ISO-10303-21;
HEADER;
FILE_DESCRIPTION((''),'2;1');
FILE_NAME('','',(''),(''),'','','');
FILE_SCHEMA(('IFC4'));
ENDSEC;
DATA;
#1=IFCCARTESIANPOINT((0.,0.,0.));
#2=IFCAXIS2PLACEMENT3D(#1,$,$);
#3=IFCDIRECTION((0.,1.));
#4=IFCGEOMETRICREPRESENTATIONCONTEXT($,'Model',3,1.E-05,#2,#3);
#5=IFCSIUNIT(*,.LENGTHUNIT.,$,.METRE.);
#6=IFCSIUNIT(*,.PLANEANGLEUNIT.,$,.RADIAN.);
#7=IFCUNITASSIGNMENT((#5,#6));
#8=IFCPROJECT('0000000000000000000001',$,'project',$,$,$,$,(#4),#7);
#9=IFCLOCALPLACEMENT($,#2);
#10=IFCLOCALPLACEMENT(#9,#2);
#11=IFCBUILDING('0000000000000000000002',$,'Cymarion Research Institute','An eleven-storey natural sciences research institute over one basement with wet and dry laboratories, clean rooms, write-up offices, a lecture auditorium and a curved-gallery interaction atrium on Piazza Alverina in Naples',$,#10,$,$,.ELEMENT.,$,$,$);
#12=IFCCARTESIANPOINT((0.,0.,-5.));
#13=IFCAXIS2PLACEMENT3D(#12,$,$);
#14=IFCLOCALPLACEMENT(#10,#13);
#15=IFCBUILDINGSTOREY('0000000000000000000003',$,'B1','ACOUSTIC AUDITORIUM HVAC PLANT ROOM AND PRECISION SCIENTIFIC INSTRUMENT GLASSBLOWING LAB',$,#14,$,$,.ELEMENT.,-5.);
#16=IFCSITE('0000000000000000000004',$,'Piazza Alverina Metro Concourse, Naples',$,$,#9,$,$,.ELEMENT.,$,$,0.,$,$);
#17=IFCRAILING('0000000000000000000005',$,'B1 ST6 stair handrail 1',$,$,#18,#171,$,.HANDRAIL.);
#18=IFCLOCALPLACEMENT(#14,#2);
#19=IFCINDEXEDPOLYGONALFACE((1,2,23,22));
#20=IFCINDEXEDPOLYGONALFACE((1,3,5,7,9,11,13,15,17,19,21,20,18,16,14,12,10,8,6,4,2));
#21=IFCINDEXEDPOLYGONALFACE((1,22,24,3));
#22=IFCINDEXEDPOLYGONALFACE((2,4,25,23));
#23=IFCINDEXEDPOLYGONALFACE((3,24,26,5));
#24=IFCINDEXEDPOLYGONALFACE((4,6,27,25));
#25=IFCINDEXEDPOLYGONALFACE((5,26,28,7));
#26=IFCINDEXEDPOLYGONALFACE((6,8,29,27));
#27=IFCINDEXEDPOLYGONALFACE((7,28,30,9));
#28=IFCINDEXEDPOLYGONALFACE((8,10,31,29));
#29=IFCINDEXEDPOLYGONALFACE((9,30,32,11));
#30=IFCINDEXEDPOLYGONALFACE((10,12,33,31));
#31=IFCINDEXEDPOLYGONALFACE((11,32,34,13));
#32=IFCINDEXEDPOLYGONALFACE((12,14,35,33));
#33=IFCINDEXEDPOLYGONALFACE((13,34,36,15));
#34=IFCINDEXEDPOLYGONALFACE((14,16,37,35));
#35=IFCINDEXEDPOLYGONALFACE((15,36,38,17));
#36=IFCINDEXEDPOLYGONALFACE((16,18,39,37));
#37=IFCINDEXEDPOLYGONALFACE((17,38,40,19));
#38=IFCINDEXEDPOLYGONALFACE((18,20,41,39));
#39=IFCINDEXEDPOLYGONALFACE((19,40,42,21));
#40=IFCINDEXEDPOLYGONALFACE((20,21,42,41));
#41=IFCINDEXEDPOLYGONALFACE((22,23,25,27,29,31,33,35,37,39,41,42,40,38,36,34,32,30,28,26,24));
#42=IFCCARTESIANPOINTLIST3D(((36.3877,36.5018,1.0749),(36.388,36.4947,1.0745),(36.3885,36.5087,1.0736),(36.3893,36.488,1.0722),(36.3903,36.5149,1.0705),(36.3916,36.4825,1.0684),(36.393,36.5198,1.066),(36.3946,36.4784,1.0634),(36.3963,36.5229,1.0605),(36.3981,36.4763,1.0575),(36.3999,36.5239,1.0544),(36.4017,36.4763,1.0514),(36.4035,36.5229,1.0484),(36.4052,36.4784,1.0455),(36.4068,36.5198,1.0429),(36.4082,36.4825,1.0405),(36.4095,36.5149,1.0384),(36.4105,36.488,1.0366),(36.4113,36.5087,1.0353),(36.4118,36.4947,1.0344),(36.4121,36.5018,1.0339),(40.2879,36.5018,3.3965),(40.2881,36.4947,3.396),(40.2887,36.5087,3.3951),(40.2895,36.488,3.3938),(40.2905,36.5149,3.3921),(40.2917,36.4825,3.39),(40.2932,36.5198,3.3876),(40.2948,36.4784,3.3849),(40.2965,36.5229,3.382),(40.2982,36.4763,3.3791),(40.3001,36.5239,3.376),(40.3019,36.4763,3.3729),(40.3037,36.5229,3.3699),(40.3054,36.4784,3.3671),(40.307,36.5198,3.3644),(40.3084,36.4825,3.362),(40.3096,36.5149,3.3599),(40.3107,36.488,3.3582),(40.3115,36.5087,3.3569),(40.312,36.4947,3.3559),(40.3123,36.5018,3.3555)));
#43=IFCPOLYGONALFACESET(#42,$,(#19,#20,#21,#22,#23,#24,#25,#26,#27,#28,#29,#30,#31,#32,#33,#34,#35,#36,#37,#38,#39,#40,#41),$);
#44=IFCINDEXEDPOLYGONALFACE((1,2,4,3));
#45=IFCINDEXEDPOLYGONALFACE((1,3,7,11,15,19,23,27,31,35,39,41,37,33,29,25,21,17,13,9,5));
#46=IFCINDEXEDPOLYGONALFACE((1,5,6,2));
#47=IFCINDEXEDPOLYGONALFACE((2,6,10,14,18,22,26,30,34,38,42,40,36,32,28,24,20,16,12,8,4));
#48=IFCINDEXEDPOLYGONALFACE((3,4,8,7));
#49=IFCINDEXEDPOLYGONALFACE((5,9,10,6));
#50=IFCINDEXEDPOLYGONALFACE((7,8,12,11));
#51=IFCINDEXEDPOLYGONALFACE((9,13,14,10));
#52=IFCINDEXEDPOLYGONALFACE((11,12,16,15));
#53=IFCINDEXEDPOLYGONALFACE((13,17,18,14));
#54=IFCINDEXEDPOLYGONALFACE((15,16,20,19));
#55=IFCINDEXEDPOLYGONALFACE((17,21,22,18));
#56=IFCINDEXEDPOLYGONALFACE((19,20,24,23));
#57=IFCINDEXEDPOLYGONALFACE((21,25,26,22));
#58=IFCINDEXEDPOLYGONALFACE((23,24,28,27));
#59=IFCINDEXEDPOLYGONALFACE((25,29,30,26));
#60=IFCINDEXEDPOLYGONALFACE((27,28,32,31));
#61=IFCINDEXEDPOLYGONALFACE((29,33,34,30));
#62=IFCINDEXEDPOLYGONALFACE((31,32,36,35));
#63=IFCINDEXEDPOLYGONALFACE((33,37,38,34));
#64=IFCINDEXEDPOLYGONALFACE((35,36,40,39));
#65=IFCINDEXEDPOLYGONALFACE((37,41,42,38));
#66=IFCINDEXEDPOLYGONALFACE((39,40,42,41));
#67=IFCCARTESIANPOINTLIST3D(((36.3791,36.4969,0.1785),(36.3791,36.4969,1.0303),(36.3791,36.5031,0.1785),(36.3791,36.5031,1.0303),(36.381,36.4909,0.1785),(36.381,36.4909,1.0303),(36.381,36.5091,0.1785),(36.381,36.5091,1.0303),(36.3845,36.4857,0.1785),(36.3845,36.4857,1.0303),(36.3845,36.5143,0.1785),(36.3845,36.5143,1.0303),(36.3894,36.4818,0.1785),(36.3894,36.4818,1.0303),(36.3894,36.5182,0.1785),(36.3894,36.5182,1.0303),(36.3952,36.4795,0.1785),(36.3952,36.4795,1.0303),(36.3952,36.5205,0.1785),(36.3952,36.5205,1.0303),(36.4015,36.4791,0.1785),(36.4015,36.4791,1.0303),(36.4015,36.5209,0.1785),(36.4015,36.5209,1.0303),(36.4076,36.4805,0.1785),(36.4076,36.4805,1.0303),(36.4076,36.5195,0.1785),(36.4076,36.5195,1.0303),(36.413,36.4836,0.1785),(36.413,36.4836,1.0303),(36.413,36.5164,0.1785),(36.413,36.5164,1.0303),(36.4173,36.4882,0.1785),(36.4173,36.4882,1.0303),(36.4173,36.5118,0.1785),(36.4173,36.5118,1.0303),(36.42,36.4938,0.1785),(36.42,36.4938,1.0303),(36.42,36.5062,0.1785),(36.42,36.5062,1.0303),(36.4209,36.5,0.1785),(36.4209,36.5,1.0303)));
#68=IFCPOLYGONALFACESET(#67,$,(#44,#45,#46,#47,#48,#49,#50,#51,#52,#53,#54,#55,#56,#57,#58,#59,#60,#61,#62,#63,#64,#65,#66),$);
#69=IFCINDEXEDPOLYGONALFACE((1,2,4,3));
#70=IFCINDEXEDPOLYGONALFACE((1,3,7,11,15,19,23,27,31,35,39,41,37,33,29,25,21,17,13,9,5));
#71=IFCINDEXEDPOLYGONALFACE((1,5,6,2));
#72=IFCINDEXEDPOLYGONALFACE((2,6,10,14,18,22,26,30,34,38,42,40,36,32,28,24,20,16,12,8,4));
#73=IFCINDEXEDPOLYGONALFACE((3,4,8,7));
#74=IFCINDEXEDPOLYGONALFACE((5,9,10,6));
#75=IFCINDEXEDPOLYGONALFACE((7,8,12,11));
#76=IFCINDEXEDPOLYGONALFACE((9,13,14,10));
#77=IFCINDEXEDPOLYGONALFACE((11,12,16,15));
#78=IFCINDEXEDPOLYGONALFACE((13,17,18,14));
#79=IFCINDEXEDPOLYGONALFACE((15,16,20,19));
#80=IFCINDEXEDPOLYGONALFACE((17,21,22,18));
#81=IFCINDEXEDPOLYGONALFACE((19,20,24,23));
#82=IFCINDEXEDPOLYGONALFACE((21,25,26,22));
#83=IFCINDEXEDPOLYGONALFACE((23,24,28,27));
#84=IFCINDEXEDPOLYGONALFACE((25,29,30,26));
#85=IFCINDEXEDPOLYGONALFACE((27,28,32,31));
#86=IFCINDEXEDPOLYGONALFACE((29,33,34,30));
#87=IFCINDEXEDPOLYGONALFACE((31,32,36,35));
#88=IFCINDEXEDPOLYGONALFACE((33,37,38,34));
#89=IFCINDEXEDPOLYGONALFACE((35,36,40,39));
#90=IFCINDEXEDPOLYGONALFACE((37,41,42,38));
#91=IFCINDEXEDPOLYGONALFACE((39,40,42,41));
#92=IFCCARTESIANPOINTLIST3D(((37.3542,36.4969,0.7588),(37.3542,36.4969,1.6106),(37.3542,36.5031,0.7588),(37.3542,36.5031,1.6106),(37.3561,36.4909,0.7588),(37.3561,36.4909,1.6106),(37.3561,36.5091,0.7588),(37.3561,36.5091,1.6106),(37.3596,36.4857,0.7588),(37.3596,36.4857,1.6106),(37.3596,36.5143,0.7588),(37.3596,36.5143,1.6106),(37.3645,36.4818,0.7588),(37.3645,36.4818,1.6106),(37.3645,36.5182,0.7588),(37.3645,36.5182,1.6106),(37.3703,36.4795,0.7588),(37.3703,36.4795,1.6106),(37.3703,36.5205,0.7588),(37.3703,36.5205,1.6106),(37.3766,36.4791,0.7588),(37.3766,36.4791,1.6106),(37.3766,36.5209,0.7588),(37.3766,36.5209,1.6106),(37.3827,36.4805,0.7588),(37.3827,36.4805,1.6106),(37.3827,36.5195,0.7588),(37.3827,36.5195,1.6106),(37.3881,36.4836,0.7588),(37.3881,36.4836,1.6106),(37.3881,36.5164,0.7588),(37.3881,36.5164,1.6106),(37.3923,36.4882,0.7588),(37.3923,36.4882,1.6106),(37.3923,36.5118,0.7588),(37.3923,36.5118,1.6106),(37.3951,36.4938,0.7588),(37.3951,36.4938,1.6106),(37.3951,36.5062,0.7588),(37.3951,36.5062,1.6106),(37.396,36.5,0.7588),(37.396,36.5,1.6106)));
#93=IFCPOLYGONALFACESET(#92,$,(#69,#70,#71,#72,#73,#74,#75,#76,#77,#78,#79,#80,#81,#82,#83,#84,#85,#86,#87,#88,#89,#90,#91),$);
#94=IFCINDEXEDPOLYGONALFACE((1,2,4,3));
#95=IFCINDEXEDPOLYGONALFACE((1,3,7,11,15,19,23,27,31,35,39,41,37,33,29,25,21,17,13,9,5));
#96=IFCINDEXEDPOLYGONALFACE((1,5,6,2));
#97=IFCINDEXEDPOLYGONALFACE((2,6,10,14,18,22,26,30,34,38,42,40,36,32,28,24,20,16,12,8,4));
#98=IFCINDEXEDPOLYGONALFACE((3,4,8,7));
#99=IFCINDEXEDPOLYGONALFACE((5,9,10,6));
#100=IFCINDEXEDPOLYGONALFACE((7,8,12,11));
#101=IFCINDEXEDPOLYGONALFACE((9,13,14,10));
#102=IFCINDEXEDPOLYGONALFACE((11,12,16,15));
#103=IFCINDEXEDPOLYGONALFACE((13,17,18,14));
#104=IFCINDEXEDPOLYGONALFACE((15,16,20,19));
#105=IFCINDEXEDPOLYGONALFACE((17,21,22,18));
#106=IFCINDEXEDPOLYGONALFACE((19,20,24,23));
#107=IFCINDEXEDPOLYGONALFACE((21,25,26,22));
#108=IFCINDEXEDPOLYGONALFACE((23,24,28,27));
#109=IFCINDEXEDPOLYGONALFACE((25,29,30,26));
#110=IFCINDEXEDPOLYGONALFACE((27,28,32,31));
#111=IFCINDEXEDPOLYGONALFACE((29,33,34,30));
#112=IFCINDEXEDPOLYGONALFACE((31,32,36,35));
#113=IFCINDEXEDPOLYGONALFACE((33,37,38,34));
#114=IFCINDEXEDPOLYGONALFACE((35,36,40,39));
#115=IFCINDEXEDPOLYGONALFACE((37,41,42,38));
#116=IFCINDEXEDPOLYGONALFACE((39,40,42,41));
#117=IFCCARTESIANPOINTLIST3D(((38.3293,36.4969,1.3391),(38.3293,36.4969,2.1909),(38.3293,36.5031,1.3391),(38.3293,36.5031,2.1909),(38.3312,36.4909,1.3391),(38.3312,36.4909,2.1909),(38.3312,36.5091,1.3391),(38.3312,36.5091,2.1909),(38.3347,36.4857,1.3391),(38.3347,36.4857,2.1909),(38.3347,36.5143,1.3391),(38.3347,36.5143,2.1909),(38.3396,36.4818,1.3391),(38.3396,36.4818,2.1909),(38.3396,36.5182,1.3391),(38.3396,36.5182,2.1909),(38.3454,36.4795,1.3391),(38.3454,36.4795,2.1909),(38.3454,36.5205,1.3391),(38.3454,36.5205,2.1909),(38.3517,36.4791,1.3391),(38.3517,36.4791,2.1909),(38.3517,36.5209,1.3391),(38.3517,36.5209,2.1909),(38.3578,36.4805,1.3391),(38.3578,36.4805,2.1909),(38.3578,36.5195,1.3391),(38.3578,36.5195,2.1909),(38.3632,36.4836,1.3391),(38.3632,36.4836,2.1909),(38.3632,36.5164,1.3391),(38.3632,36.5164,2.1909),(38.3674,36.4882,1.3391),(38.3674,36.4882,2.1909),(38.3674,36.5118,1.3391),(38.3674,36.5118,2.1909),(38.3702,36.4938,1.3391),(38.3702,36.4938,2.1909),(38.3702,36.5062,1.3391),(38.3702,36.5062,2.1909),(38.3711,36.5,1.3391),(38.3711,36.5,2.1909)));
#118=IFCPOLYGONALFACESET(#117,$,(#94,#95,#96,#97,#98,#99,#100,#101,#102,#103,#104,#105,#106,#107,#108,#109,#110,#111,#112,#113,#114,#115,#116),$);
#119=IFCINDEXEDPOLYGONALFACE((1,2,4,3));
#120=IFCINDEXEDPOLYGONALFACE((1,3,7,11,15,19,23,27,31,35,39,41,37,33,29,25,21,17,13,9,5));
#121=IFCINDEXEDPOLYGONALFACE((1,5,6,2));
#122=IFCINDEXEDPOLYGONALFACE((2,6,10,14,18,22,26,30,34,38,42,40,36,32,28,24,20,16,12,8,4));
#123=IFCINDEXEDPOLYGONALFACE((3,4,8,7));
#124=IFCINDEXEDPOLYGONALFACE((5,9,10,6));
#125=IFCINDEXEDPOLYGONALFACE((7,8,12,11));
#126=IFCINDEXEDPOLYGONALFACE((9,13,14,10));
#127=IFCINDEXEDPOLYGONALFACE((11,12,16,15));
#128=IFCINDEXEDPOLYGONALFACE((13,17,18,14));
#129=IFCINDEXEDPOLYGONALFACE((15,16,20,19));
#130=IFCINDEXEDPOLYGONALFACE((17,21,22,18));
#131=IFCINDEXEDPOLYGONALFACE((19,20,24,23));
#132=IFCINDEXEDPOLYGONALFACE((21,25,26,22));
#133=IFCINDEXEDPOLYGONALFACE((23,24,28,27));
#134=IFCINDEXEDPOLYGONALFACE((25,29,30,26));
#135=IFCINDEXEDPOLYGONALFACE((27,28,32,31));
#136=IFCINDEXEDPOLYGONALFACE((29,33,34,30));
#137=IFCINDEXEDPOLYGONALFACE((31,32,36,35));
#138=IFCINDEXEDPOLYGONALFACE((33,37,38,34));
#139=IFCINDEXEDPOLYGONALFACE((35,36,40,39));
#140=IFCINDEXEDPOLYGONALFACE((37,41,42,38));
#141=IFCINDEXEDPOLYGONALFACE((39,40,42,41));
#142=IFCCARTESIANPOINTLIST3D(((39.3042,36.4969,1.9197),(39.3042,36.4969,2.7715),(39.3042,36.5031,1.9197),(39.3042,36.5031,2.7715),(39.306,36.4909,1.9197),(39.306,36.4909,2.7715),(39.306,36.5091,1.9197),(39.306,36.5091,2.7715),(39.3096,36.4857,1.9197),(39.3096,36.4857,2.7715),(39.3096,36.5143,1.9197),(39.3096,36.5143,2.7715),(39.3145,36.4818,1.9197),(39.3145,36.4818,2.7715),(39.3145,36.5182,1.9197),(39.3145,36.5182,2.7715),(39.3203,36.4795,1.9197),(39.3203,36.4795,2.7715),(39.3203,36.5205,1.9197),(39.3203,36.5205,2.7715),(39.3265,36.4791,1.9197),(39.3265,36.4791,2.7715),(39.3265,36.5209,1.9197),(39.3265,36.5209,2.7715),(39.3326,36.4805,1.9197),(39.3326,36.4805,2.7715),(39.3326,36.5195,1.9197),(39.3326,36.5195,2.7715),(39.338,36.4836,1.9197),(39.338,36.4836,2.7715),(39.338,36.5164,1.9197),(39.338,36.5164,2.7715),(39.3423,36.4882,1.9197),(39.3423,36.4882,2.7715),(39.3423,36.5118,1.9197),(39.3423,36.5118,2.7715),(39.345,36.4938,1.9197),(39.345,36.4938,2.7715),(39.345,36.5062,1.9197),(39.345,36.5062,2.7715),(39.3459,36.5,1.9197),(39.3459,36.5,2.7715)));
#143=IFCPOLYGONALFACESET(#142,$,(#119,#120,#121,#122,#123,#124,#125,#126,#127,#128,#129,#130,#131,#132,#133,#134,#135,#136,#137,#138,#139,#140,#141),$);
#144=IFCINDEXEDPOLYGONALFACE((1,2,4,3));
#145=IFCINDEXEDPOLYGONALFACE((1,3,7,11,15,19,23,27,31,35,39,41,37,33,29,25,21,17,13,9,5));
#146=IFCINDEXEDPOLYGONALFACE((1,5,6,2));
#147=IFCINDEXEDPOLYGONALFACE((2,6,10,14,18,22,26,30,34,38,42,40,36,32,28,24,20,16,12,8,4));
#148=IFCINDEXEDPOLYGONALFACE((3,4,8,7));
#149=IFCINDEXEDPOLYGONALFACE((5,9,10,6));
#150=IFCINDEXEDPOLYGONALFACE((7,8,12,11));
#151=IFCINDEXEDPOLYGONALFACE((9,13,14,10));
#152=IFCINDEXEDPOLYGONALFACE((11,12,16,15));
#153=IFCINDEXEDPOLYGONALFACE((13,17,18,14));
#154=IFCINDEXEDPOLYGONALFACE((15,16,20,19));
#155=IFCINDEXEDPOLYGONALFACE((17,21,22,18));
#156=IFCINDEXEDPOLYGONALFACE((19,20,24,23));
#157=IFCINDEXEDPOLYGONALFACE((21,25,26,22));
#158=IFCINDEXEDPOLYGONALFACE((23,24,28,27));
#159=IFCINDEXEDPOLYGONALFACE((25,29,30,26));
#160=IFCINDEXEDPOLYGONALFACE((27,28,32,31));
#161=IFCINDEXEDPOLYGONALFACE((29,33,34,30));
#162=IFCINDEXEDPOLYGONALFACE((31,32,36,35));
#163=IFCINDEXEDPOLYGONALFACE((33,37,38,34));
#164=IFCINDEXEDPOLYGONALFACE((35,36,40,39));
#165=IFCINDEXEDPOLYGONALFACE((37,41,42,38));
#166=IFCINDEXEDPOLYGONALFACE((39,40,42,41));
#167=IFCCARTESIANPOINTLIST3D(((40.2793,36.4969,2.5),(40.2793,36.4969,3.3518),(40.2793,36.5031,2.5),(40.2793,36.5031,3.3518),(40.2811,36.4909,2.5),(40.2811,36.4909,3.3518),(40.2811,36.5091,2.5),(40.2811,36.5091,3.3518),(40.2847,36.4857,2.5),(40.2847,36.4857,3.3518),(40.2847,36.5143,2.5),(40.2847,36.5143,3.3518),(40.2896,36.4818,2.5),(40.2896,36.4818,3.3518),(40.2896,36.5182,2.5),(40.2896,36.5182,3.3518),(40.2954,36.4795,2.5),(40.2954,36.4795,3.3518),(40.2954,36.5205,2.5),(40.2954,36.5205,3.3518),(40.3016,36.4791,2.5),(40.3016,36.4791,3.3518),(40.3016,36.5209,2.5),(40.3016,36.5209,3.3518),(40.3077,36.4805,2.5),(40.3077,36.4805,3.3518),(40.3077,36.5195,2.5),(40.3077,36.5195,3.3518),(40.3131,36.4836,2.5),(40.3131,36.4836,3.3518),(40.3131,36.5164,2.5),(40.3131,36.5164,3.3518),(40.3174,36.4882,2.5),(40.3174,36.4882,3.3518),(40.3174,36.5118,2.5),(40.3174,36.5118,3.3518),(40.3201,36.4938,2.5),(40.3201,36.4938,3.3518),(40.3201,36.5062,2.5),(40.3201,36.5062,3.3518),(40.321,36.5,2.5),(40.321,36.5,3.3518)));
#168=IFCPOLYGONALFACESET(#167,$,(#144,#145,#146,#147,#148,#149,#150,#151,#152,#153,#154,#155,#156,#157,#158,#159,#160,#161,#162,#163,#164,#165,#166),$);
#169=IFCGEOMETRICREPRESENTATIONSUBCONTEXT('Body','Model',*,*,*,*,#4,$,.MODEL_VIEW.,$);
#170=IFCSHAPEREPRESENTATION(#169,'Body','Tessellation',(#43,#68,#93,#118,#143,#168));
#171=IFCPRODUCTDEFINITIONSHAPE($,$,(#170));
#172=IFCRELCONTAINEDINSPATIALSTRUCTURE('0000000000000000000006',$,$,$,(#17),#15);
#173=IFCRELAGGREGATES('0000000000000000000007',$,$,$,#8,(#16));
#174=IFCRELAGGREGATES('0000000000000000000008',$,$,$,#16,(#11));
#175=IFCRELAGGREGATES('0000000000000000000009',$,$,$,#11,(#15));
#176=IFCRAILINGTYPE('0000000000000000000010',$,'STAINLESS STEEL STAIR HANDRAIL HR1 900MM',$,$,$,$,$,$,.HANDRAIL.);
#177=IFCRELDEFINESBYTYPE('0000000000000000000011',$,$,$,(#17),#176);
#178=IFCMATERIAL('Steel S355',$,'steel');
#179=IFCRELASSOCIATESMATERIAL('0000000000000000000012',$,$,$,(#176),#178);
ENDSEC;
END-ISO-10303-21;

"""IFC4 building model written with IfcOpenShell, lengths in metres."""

from ifc_helpers import new_model, si_unit, direction, frame, origin, origin_2d, place, context, subcontext, project, spatial, circle, extrude, material, type_object, element, save


model = new_model("IFC4")

# Units and contexts
model_context = context("Model", 3, precision=1e-05, world=origin(), true_north=direction((0.0, 1.0)))
body_context = subcontext(model_context, "Body", "Model", "MODEL_VIEW")
ifc_project = project(units=[si_unit("LENGTHUNIT", "METRE"), si_unit("PLANEANGLEUNIT", "RADIAN")], contexts=[model_context])

# Site, building, storey
site_placement = place(None, origin())
site = spatial("IfcSite", under=ifc_project, at=site_placement, Name="Piazza Alverina Metro Concourse, Naples", CompositionType="ELEMENT", RefElevation=0.0)
building_placement = place(site_placement, origin())
building = spatial("IfcBuilding", under=site, at=building_placement, Name="Cymarion Research Institute", Description="An eleven-storey natural sciences research institute over one basement with wet and dry laboratories, clean rooms, write-up offices, a lecture auditorium and a curved-gallery interaction atrium on Piazza Alverina in Naples", CompositionType="ELEMENT")
storey_placement = place(building_placement, frame((0.0, 0.0, -5.0)))
storey = spatial("IfcBuildingStorey", under=building, at=storey_placement, Name="B1", Description="ACOUSTIC AUDITORIUM HVAC PLANT ROOM AND PRECISION SCIENTIFIC INSTRUMENT GLASSBLOWING LAB", CompositionType="ELEMENT", Elevation=-5.0)

# Shared definitions
ifc_material_1 = material(Name="Steel S355", Category="steel")

# Railing
railing_type_1 = type_object("IfcRailingType", Name="STAINLESS STEEL STAIR HANDRAIL HR1 900MM", PredefinedType="HANDRAIL", material=ifc_material_1)
railing_1_placement = place(storey_placement, frame((36.3999, 36.5, 0.1785)))
element("IfcRailing", 1, at=railing_1_placement, inside=storey, type_object=railing_type_1, Name="B1 ST6 stair handrail 1", PredefinedType="HANDRAIL", context=body_context, shape_type="SweptSolid", body=[
    extrude(circle(Radius=0.0239, at=origin_2d()), frame((0.0, 0.0, 0.876), z_axis=(0.859291, 0.0, 0.511487), x_axis=(0.0, 1.0, 0.0)), (0.0, 0.0, 1.0), 4.5388),
    extrude(circle(Radius=0.021, at=origin_2d()), origin(), (0.0, 0.0, 1.0), 0.8518),
    extrude(circle(Radius=0.021, at=origin_2d()), frame((0.9751, 0.0, 0.5803)), (0.0, 0.0, 1.0), 0.8518),
    extrude(circle(Radius=0.021, at=origin_2d()), frame((1.9502, 0.0, 1.1606)), (0.0, 0.0, 1.0), 0.8518),
    extrude(circle(Radius=0.021, at=origin_2d()), frame((2.925, 0.0, 1.7412)), (0.0, 0.0, 1.0), 0.8518),
    extrude(circle(Radius=0.021, at=origin_2d()), frame((3.9001, 0.0, 2.3215)), (0.0, 0.0, 1.0), 0.8518),
])

save(model, "model.ifc")
